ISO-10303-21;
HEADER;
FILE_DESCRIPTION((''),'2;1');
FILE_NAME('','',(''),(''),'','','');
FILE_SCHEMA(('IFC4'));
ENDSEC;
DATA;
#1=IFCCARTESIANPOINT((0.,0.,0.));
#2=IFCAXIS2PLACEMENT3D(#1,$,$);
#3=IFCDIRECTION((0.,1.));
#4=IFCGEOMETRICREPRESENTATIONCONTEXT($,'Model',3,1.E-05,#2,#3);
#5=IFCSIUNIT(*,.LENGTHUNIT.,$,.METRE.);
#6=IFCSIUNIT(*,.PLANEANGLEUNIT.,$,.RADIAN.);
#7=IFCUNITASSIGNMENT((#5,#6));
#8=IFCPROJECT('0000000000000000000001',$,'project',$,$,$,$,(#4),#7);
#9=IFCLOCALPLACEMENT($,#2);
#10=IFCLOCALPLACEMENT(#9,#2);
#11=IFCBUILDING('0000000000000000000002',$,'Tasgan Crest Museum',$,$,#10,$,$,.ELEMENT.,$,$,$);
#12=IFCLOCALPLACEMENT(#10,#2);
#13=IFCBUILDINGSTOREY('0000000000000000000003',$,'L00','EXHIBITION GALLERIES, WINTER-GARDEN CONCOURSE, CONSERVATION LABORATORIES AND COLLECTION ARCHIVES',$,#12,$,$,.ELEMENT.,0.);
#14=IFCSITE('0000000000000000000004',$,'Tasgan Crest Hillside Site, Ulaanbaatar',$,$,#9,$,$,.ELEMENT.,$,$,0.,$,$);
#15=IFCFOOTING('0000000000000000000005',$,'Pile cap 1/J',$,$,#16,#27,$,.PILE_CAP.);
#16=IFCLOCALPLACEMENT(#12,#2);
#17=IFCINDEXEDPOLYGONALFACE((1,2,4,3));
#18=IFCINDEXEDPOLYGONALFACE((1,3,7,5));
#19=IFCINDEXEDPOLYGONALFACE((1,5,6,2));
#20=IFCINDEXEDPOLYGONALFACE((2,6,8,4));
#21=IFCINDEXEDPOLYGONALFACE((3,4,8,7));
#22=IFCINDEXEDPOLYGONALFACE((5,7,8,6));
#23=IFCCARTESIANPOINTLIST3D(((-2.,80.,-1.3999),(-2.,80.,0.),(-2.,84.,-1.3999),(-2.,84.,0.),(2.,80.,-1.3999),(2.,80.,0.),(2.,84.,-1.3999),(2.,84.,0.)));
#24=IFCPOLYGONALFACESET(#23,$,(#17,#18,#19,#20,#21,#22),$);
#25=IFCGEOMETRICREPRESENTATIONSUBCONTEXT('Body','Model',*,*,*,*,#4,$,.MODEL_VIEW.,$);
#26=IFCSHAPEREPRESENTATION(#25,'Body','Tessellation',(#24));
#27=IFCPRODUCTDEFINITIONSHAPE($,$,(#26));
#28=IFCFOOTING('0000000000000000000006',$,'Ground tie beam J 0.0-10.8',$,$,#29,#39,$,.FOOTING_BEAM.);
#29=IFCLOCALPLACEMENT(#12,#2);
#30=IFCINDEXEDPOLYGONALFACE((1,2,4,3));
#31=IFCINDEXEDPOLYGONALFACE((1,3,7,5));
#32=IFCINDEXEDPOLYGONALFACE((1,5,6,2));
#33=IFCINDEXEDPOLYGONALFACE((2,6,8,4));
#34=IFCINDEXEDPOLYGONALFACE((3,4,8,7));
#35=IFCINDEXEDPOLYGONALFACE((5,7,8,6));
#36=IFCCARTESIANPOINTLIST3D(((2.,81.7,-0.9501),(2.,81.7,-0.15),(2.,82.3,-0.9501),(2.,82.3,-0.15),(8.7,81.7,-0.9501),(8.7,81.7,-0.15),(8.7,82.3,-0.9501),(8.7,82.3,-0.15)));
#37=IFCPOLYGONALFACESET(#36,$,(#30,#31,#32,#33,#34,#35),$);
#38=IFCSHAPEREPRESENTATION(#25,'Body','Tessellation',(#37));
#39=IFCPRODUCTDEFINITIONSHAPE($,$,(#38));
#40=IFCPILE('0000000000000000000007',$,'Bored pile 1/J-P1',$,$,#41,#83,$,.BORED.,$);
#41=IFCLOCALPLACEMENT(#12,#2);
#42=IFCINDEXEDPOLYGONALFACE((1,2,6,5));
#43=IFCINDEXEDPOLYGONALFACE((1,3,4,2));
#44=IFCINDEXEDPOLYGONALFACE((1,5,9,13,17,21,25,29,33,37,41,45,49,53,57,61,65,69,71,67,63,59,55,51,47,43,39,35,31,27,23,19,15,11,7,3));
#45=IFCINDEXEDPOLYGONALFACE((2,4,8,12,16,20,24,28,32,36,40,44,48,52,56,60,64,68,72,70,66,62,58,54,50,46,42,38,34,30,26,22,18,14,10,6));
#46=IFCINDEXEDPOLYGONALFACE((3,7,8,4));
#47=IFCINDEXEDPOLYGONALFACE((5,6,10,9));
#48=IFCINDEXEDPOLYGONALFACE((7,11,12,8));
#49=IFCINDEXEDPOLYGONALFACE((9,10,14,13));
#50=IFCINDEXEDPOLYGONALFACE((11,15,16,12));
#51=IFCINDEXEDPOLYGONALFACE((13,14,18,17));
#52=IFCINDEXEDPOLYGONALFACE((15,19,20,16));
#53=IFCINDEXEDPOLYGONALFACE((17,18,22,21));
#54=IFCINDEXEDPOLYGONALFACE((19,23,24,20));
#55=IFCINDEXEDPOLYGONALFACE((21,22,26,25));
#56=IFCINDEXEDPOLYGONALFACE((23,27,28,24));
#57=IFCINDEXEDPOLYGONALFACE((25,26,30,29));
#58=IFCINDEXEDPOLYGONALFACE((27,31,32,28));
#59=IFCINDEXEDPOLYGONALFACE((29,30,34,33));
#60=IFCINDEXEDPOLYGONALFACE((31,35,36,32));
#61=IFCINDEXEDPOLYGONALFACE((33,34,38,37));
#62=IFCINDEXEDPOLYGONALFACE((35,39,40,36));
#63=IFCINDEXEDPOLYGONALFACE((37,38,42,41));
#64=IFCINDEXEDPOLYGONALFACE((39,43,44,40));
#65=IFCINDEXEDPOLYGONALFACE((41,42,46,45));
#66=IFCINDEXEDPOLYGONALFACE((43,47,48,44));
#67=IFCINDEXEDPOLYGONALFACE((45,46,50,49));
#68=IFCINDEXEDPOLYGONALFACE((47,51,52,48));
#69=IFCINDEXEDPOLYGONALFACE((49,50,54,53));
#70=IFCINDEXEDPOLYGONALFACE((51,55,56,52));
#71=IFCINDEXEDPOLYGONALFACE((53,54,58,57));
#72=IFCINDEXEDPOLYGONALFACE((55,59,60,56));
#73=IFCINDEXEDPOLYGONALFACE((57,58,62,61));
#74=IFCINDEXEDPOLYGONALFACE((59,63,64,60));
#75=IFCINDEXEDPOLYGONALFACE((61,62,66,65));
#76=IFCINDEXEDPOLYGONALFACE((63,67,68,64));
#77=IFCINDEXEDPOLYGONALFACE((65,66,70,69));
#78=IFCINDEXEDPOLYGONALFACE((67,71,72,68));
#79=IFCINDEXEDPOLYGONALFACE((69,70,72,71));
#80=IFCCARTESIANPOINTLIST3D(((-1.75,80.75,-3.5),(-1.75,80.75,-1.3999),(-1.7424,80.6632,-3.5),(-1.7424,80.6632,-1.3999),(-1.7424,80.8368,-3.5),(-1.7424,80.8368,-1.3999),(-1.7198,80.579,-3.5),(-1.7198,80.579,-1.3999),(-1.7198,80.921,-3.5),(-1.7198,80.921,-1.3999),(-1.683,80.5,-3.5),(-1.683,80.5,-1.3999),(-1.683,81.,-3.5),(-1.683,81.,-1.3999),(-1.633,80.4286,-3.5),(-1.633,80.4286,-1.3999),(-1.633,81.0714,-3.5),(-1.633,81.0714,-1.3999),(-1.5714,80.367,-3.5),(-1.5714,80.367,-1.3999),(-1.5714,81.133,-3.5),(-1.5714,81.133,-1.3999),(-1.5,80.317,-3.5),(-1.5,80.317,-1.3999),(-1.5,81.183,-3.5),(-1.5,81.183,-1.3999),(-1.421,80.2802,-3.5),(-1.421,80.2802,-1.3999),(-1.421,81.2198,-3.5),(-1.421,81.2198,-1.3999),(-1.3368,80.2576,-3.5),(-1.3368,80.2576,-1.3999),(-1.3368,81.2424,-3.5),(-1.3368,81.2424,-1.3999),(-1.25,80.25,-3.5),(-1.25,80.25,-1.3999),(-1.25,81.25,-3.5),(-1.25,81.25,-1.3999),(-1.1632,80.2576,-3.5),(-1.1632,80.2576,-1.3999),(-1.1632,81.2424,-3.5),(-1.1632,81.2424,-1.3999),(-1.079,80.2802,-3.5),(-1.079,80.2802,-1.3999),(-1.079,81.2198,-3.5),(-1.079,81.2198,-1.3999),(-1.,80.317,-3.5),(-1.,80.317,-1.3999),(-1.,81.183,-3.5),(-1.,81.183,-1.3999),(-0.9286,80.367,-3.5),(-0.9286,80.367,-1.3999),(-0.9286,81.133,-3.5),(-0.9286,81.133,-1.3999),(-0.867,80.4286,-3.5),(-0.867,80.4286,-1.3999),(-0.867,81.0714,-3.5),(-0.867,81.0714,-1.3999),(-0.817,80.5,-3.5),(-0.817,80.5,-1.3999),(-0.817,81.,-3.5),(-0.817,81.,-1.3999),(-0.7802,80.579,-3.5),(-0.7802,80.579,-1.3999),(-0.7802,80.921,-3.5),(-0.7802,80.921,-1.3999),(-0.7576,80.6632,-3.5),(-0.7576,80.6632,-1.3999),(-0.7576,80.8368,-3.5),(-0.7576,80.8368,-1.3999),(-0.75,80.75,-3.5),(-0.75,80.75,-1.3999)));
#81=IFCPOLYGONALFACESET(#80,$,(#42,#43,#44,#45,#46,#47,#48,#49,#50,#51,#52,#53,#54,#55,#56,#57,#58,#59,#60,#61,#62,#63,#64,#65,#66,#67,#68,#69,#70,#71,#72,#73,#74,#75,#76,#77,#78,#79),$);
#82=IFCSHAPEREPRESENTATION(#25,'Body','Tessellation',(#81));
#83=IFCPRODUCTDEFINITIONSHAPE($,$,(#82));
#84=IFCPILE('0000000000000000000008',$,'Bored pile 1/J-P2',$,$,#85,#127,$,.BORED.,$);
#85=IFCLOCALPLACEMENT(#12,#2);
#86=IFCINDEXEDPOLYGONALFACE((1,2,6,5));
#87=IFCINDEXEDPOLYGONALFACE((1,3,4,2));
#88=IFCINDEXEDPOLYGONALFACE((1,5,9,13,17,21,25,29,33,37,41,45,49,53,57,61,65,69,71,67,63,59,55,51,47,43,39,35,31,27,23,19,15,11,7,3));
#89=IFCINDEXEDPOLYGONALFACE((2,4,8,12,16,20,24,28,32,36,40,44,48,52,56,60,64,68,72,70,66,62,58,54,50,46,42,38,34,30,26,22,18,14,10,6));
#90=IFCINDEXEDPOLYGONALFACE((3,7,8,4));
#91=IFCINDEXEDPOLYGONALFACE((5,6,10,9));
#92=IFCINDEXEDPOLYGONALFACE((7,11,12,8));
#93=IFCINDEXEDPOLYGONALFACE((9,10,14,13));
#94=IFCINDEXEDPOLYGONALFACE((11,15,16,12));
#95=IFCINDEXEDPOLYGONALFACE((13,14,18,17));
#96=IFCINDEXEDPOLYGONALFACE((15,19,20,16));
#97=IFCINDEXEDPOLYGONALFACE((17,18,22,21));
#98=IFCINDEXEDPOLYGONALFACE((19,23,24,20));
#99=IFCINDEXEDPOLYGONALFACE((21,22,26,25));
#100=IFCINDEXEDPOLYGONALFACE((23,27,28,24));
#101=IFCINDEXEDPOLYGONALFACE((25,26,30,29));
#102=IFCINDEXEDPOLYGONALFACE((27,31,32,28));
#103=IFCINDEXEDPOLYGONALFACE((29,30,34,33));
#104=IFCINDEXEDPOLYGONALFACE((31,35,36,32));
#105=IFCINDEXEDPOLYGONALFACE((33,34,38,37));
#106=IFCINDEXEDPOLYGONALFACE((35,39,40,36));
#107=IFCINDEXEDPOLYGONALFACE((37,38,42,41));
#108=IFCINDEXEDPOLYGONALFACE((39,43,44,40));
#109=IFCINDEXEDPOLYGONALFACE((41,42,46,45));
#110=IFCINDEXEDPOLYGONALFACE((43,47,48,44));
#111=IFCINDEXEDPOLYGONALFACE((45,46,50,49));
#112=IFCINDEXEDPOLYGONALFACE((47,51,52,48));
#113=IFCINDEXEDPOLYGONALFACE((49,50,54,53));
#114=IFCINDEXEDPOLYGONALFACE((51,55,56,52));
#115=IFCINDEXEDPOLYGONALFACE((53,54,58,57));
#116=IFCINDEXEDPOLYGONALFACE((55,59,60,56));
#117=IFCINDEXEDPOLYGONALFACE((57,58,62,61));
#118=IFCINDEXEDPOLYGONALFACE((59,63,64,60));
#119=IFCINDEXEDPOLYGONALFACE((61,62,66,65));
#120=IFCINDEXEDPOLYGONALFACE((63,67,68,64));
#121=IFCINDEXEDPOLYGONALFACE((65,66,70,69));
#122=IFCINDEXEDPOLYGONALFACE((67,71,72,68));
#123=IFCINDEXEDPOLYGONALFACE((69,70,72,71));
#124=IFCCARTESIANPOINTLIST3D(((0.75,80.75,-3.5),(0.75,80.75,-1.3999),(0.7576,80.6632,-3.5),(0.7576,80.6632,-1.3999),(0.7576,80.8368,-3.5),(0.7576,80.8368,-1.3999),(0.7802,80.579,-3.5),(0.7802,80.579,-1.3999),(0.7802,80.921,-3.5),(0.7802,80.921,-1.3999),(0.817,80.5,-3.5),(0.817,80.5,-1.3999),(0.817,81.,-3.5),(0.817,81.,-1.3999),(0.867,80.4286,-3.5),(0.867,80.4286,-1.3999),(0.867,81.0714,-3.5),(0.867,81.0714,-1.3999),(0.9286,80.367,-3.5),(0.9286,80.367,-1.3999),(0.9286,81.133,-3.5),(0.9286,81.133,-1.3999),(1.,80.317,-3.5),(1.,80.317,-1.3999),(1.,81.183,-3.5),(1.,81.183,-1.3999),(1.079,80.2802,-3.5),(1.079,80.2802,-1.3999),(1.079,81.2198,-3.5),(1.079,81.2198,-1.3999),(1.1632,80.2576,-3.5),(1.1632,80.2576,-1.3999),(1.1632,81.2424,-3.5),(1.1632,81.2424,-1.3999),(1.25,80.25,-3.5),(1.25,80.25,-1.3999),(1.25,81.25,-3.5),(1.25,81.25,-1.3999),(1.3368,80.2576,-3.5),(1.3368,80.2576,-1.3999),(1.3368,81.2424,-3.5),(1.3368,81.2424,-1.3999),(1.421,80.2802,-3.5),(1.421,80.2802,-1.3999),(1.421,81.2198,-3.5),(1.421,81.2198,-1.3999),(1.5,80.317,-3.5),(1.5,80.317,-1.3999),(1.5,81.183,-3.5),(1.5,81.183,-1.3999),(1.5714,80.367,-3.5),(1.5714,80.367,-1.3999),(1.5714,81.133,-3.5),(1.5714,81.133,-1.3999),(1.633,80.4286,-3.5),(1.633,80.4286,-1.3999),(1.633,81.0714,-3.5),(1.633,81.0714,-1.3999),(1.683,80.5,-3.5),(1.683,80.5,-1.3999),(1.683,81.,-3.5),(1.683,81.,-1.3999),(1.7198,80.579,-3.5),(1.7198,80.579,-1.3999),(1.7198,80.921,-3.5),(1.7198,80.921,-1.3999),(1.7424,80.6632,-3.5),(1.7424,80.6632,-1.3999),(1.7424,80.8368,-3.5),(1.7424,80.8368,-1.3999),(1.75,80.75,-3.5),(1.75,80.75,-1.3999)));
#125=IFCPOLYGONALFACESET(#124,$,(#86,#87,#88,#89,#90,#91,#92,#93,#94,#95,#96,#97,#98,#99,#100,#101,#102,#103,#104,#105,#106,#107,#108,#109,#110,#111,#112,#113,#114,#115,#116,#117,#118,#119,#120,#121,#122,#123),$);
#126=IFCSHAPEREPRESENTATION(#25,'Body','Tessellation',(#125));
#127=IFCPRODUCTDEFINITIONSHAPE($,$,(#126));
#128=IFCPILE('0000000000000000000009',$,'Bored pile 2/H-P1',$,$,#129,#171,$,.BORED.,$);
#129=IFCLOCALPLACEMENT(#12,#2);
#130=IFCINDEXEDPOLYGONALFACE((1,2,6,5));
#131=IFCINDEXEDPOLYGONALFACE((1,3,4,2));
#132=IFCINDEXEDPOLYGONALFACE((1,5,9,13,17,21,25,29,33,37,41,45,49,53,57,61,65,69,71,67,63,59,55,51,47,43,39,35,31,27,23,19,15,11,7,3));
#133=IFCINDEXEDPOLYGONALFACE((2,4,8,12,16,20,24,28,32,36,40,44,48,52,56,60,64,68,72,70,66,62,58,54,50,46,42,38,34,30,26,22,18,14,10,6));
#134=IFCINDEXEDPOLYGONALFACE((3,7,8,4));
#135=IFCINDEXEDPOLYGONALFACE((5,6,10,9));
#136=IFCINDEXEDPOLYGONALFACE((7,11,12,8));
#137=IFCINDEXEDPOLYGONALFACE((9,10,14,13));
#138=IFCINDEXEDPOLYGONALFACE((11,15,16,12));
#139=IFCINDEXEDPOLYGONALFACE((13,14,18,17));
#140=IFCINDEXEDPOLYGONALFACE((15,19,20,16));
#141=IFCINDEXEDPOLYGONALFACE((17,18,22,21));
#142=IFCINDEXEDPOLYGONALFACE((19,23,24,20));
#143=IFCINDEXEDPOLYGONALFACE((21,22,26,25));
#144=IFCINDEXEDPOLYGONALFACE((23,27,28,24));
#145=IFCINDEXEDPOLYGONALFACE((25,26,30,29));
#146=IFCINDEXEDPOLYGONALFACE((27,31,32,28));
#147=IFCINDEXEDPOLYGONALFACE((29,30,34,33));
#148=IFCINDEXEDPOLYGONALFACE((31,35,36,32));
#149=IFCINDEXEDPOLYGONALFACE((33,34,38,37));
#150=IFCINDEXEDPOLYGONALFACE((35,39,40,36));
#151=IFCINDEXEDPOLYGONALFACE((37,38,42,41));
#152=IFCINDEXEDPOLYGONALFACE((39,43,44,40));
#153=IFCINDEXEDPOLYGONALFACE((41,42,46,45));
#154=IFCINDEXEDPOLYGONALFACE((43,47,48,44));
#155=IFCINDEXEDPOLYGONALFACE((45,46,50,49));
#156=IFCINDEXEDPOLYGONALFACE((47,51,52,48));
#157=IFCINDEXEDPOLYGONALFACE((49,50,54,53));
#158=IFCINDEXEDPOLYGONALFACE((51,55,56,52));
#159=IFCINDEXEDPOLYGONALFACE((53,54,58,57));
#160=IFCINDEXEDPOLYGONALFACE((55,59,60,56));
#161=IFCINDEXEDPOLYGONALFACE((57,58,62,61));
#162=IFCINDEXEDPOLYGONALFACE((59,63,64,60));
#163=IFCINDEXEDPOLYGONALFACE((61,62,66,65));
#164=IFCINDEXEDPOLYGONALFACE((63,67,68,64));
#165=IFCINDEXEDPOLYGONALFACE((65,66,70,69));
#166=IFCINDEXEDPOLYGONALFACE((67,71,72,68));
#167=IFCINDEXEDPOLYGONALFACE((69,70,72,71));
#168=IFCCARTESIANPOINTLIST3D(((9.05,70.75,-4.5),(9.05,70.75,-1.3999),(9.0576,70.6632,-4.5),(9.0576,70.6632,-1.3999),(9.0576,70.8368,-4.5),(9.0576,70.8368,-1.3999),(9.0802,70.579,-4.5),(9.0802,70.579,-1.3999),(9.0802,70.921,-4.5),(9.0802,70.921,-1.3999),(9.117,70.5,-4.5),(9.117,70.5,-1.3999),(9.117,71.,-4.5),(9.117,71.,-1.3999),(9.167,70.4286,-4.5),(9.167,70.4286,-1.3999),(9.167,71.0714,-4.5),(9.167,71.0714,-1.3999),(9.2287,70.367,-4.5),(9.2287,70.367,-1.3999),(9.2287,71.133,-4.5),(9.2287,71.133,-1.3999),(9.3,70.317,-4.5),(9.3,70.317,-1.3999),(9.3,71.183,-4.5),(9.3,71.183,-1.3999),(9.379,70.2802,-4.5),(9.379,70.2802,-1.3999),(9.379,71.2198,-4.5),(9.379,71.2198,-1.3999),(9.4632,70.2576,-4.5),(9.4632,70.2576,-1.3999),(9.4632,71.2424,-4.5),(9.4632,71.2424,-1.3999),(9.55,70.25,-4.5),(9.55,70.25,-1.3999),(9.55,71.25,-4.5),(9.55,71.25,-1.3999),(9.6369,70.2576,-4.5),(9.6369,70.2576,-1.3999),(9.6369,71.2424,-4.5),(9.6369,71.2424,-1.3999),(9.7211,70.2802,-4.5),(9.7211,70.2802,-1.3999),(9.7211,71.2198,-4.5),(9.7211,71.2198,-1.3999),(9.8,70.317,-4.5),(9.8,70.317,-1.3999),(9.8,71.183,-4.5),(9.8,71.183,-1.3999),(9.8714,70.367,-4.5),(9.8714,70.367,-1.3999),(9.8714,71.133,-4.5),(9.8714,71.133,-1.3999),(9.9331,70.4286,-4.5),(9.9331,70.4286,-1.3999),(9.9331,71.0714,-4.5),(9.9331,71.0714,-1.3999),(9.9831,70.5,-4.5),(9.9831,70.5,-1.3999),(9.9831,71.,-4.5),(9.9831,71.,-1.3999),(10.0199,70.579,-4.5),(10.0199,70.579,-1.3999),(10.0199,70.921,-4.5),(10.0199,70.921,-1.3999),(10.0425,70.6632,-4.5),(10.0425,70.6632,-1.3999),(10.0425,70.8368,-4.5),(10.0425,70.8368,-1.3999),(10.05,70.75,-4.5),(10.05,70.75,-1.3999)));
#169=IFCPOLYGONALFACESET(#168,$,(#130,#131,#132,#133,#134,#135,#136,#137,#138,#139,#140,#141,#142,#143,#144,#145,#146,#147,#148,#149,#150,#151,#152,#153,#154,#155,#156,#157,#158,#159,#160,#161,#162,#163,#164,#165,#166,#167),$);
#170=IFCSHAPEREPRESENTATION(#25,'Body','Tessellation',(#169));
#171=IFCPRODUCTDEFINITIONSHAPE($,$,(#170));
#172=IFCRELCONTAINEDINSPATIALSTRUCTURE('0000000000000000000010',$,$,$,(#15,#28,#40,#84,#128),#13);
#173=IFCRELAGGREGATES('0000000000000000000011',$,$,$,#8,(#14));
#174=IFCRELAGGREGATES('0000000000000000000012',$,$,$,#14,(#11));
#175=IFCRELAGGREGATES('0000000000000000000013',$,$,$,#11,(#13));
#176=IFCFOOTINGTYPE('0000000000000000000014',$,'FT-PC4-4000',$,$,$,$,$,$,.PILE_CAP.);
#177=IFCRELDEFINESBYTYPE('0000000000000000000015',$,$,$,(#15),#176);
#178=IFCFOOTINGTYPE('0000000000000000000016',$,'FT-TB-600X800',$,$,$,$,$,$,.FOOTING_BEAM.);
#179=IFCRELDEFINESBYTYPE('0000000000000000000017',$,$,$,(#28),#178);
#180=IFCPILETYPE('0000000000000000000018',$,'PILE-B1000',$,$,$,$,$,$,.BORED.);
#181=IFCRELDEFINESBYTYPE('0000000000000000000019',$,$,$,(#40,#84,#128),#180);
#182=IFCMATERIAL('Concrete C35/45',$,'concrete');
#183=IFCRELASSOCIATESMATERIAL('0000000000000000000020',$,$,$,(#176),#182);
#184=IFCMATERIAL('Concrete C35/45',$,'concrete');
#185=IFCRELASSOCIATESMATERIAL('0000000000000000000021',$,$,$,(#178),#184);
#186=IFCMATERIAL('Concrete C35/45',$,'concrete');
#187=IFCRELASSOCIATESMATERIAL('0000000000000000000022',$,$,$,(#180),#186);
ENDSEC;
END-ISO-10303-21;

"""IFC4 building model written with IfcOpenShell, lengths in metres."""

from ifc_helpers import new_model, si_unit, direction, frame, origin, origin_2d, place, context, subcontext, project, spatial, rectangle, circle, extrude, material, material_profile, profile_set, type_object, element, save


model = new_model("IFC4")

# Units and contexts
model_context = context("Model", 3, precision=1e-05, world=origin(), true_north=direction((0.0, 1.0)))
body_context = subcontext(model_context, "Body", "Model", "MODEL_VIEW")
ifc_project = project(units=[si_unit("LENGTHUNIT", "METRE"), si_unit("PLANEANGLEUNIT", "RADIAN")], contexts=[model_context])

# Site, building, storey
site_placement = place(None, origin())
site = spatial("IfcSite", under=ifc_project, at=site_placement, Name="Tasgan Crest Hillside Site, Ulaanbaatar", CompositionType="ELEMENT", RefElevation=0.0)
building_placement = place(site_placement, origin())
building = spatial("IfcBuilding", under=site, at=building_placement, Name="Tasgan Crest Museum", CompositionType="ELEMENT")
storey_placement = place(building_placement, origin())
storey = spatial("IfcBuildingStorey", under=building, at=storey_placement, Name="L00", Description="EXHIBITION GALLERIES, WINTER-GARDEN CONCOURSE, CONSERVATION LABORATORIES AND COLLECTION ARCHIVES", CompositionType="ELEMENT", Elevation=0.0)

# Footings
ifc_material_1 = material(Name="Concrete C35/45", Category="concrete")
footing_type_1 = type_object("IfcFootingType", Name="FT-PC4-4000", PredefinedType="PILE_CAP", material=ifc_material_1)
footing_1_placement = place(storey_placement, frame((0.0, 82.0, -1.3999), z_axis=(0.0, 0.0, 1.0), x_axis=(1.0, 0.0, 0.0)))
element("IfcFooting", 1, at=footing_1_placement, inside=storey, type_object=footing_type_1, Name="Pile cap 1/J", PredefinedType="PILE_CAP", context=body_context, shape_type="SweptSolid", body=[
    extrude(rectangle(XDim=4.0, YDim=4.0, at=origin_2d()), origin(), (0.0, 0.0, 1.0), 1.3999),
])
ifc_material_2 = material(Name="Concrete C35/45", Category="concrete")
ifc_material_profile_1 = material_profile(ifc_material_2, rectangle(XDim=0.6001, YDim=0.8, at=origin_2d()), Name="TB 600x800")
ifc_profile_set_1 = profile_set([ifc_material_profile_1], Name="Concrete C35/45")
footing_type_2 = type_object("IfcFootingType", Name="FT-TB-600X800", PredefinedType="FOOTING_BEAM", material=ifc_profile_set_1)
footing_2_placement = place(storey_placement, frame((2.0, 82.0, -0.55), z_axis=(1.0, 0.0, 0.0), x_axis=(0.0, 1.0, 0.0)))
element("IfcFooting", 2, at=footing_2_placement, inside=storey, type_object=footing_type_2, Name="Ground tie beam J 0.0-10.8", PredefinedType="FOOTING_BEAM", context=body_context, shape_type="SweptSolid", body=[
    extrude(rectangle(XDim=0.6001, YDim=0.8, at=origin_2d()), origin(), (0.0, 0.0, 1.0), 6.7),
])

# Piles
ifc_material_3 = material(Name="Concrete C35/45", Category="concrete")
ifc_material_profile_2 = material_profile(ifc_material_3, circle(Radius=0.5, at=origin_2d()), Name="PILE D1000")
ifc_profile_set_2 = profile_set([ifc_material_profile_2], Name="Concrete C35/45")
pile_type = type_object("IfcPileType", Name="PILE-B1000", PredefinedType="BORED", material=ifc_profile_set_2)
for number, where, z_axis, x_axis, name in (
    (3, (-1.25, 80.75, -1.3999), (0.0, 0.0, -1.0), (1.0, 0.0, 0.0), "Bored pile 1/J-P1"),
    (4, (1.25, 80.75, -1.3999), (0.0, 0.0, -1.0), (1.0, 0.0, 0.0), "Bored pile 1/J-P2"),
):
    element("IfcPile", number, at=place(storey_placement, frame(where, z_axis=z_axis, x_axis=x_axis)), inside=storey, type_object=pile_type, Name=name, PredefinedType="BORED", context=body_context, shape_type="SweptSolid", body=[
        extrude(circle(Radius=0.5, at=origin_2d()), origin(), (0.0, 0.0, 1.0), 2.1001),
    ])
for number, where, z_axis, x_axis, name in (
    (5, (9.55, 70.75, -1.3999), (0.0, 0.0, -1.0), (1.0, 0.0, 0.0), "Bored pile 2/H-P1"),
):
    element("IfcPile", number, at=place(storey_placement, frame(where, z_axis=z_axis, x_axis=x_axis)), inside=storey, type_object=pile_type, Name=name, PredefinedType="BORED", context=body_context, shape_type="SweptSolid", body=[
        extrude(circle(Radius=0.5, at=origin_2d()), origin(), (0.0, 0.0, 1.0), 3.1001),
    ])

save(model, "model.ifc")
